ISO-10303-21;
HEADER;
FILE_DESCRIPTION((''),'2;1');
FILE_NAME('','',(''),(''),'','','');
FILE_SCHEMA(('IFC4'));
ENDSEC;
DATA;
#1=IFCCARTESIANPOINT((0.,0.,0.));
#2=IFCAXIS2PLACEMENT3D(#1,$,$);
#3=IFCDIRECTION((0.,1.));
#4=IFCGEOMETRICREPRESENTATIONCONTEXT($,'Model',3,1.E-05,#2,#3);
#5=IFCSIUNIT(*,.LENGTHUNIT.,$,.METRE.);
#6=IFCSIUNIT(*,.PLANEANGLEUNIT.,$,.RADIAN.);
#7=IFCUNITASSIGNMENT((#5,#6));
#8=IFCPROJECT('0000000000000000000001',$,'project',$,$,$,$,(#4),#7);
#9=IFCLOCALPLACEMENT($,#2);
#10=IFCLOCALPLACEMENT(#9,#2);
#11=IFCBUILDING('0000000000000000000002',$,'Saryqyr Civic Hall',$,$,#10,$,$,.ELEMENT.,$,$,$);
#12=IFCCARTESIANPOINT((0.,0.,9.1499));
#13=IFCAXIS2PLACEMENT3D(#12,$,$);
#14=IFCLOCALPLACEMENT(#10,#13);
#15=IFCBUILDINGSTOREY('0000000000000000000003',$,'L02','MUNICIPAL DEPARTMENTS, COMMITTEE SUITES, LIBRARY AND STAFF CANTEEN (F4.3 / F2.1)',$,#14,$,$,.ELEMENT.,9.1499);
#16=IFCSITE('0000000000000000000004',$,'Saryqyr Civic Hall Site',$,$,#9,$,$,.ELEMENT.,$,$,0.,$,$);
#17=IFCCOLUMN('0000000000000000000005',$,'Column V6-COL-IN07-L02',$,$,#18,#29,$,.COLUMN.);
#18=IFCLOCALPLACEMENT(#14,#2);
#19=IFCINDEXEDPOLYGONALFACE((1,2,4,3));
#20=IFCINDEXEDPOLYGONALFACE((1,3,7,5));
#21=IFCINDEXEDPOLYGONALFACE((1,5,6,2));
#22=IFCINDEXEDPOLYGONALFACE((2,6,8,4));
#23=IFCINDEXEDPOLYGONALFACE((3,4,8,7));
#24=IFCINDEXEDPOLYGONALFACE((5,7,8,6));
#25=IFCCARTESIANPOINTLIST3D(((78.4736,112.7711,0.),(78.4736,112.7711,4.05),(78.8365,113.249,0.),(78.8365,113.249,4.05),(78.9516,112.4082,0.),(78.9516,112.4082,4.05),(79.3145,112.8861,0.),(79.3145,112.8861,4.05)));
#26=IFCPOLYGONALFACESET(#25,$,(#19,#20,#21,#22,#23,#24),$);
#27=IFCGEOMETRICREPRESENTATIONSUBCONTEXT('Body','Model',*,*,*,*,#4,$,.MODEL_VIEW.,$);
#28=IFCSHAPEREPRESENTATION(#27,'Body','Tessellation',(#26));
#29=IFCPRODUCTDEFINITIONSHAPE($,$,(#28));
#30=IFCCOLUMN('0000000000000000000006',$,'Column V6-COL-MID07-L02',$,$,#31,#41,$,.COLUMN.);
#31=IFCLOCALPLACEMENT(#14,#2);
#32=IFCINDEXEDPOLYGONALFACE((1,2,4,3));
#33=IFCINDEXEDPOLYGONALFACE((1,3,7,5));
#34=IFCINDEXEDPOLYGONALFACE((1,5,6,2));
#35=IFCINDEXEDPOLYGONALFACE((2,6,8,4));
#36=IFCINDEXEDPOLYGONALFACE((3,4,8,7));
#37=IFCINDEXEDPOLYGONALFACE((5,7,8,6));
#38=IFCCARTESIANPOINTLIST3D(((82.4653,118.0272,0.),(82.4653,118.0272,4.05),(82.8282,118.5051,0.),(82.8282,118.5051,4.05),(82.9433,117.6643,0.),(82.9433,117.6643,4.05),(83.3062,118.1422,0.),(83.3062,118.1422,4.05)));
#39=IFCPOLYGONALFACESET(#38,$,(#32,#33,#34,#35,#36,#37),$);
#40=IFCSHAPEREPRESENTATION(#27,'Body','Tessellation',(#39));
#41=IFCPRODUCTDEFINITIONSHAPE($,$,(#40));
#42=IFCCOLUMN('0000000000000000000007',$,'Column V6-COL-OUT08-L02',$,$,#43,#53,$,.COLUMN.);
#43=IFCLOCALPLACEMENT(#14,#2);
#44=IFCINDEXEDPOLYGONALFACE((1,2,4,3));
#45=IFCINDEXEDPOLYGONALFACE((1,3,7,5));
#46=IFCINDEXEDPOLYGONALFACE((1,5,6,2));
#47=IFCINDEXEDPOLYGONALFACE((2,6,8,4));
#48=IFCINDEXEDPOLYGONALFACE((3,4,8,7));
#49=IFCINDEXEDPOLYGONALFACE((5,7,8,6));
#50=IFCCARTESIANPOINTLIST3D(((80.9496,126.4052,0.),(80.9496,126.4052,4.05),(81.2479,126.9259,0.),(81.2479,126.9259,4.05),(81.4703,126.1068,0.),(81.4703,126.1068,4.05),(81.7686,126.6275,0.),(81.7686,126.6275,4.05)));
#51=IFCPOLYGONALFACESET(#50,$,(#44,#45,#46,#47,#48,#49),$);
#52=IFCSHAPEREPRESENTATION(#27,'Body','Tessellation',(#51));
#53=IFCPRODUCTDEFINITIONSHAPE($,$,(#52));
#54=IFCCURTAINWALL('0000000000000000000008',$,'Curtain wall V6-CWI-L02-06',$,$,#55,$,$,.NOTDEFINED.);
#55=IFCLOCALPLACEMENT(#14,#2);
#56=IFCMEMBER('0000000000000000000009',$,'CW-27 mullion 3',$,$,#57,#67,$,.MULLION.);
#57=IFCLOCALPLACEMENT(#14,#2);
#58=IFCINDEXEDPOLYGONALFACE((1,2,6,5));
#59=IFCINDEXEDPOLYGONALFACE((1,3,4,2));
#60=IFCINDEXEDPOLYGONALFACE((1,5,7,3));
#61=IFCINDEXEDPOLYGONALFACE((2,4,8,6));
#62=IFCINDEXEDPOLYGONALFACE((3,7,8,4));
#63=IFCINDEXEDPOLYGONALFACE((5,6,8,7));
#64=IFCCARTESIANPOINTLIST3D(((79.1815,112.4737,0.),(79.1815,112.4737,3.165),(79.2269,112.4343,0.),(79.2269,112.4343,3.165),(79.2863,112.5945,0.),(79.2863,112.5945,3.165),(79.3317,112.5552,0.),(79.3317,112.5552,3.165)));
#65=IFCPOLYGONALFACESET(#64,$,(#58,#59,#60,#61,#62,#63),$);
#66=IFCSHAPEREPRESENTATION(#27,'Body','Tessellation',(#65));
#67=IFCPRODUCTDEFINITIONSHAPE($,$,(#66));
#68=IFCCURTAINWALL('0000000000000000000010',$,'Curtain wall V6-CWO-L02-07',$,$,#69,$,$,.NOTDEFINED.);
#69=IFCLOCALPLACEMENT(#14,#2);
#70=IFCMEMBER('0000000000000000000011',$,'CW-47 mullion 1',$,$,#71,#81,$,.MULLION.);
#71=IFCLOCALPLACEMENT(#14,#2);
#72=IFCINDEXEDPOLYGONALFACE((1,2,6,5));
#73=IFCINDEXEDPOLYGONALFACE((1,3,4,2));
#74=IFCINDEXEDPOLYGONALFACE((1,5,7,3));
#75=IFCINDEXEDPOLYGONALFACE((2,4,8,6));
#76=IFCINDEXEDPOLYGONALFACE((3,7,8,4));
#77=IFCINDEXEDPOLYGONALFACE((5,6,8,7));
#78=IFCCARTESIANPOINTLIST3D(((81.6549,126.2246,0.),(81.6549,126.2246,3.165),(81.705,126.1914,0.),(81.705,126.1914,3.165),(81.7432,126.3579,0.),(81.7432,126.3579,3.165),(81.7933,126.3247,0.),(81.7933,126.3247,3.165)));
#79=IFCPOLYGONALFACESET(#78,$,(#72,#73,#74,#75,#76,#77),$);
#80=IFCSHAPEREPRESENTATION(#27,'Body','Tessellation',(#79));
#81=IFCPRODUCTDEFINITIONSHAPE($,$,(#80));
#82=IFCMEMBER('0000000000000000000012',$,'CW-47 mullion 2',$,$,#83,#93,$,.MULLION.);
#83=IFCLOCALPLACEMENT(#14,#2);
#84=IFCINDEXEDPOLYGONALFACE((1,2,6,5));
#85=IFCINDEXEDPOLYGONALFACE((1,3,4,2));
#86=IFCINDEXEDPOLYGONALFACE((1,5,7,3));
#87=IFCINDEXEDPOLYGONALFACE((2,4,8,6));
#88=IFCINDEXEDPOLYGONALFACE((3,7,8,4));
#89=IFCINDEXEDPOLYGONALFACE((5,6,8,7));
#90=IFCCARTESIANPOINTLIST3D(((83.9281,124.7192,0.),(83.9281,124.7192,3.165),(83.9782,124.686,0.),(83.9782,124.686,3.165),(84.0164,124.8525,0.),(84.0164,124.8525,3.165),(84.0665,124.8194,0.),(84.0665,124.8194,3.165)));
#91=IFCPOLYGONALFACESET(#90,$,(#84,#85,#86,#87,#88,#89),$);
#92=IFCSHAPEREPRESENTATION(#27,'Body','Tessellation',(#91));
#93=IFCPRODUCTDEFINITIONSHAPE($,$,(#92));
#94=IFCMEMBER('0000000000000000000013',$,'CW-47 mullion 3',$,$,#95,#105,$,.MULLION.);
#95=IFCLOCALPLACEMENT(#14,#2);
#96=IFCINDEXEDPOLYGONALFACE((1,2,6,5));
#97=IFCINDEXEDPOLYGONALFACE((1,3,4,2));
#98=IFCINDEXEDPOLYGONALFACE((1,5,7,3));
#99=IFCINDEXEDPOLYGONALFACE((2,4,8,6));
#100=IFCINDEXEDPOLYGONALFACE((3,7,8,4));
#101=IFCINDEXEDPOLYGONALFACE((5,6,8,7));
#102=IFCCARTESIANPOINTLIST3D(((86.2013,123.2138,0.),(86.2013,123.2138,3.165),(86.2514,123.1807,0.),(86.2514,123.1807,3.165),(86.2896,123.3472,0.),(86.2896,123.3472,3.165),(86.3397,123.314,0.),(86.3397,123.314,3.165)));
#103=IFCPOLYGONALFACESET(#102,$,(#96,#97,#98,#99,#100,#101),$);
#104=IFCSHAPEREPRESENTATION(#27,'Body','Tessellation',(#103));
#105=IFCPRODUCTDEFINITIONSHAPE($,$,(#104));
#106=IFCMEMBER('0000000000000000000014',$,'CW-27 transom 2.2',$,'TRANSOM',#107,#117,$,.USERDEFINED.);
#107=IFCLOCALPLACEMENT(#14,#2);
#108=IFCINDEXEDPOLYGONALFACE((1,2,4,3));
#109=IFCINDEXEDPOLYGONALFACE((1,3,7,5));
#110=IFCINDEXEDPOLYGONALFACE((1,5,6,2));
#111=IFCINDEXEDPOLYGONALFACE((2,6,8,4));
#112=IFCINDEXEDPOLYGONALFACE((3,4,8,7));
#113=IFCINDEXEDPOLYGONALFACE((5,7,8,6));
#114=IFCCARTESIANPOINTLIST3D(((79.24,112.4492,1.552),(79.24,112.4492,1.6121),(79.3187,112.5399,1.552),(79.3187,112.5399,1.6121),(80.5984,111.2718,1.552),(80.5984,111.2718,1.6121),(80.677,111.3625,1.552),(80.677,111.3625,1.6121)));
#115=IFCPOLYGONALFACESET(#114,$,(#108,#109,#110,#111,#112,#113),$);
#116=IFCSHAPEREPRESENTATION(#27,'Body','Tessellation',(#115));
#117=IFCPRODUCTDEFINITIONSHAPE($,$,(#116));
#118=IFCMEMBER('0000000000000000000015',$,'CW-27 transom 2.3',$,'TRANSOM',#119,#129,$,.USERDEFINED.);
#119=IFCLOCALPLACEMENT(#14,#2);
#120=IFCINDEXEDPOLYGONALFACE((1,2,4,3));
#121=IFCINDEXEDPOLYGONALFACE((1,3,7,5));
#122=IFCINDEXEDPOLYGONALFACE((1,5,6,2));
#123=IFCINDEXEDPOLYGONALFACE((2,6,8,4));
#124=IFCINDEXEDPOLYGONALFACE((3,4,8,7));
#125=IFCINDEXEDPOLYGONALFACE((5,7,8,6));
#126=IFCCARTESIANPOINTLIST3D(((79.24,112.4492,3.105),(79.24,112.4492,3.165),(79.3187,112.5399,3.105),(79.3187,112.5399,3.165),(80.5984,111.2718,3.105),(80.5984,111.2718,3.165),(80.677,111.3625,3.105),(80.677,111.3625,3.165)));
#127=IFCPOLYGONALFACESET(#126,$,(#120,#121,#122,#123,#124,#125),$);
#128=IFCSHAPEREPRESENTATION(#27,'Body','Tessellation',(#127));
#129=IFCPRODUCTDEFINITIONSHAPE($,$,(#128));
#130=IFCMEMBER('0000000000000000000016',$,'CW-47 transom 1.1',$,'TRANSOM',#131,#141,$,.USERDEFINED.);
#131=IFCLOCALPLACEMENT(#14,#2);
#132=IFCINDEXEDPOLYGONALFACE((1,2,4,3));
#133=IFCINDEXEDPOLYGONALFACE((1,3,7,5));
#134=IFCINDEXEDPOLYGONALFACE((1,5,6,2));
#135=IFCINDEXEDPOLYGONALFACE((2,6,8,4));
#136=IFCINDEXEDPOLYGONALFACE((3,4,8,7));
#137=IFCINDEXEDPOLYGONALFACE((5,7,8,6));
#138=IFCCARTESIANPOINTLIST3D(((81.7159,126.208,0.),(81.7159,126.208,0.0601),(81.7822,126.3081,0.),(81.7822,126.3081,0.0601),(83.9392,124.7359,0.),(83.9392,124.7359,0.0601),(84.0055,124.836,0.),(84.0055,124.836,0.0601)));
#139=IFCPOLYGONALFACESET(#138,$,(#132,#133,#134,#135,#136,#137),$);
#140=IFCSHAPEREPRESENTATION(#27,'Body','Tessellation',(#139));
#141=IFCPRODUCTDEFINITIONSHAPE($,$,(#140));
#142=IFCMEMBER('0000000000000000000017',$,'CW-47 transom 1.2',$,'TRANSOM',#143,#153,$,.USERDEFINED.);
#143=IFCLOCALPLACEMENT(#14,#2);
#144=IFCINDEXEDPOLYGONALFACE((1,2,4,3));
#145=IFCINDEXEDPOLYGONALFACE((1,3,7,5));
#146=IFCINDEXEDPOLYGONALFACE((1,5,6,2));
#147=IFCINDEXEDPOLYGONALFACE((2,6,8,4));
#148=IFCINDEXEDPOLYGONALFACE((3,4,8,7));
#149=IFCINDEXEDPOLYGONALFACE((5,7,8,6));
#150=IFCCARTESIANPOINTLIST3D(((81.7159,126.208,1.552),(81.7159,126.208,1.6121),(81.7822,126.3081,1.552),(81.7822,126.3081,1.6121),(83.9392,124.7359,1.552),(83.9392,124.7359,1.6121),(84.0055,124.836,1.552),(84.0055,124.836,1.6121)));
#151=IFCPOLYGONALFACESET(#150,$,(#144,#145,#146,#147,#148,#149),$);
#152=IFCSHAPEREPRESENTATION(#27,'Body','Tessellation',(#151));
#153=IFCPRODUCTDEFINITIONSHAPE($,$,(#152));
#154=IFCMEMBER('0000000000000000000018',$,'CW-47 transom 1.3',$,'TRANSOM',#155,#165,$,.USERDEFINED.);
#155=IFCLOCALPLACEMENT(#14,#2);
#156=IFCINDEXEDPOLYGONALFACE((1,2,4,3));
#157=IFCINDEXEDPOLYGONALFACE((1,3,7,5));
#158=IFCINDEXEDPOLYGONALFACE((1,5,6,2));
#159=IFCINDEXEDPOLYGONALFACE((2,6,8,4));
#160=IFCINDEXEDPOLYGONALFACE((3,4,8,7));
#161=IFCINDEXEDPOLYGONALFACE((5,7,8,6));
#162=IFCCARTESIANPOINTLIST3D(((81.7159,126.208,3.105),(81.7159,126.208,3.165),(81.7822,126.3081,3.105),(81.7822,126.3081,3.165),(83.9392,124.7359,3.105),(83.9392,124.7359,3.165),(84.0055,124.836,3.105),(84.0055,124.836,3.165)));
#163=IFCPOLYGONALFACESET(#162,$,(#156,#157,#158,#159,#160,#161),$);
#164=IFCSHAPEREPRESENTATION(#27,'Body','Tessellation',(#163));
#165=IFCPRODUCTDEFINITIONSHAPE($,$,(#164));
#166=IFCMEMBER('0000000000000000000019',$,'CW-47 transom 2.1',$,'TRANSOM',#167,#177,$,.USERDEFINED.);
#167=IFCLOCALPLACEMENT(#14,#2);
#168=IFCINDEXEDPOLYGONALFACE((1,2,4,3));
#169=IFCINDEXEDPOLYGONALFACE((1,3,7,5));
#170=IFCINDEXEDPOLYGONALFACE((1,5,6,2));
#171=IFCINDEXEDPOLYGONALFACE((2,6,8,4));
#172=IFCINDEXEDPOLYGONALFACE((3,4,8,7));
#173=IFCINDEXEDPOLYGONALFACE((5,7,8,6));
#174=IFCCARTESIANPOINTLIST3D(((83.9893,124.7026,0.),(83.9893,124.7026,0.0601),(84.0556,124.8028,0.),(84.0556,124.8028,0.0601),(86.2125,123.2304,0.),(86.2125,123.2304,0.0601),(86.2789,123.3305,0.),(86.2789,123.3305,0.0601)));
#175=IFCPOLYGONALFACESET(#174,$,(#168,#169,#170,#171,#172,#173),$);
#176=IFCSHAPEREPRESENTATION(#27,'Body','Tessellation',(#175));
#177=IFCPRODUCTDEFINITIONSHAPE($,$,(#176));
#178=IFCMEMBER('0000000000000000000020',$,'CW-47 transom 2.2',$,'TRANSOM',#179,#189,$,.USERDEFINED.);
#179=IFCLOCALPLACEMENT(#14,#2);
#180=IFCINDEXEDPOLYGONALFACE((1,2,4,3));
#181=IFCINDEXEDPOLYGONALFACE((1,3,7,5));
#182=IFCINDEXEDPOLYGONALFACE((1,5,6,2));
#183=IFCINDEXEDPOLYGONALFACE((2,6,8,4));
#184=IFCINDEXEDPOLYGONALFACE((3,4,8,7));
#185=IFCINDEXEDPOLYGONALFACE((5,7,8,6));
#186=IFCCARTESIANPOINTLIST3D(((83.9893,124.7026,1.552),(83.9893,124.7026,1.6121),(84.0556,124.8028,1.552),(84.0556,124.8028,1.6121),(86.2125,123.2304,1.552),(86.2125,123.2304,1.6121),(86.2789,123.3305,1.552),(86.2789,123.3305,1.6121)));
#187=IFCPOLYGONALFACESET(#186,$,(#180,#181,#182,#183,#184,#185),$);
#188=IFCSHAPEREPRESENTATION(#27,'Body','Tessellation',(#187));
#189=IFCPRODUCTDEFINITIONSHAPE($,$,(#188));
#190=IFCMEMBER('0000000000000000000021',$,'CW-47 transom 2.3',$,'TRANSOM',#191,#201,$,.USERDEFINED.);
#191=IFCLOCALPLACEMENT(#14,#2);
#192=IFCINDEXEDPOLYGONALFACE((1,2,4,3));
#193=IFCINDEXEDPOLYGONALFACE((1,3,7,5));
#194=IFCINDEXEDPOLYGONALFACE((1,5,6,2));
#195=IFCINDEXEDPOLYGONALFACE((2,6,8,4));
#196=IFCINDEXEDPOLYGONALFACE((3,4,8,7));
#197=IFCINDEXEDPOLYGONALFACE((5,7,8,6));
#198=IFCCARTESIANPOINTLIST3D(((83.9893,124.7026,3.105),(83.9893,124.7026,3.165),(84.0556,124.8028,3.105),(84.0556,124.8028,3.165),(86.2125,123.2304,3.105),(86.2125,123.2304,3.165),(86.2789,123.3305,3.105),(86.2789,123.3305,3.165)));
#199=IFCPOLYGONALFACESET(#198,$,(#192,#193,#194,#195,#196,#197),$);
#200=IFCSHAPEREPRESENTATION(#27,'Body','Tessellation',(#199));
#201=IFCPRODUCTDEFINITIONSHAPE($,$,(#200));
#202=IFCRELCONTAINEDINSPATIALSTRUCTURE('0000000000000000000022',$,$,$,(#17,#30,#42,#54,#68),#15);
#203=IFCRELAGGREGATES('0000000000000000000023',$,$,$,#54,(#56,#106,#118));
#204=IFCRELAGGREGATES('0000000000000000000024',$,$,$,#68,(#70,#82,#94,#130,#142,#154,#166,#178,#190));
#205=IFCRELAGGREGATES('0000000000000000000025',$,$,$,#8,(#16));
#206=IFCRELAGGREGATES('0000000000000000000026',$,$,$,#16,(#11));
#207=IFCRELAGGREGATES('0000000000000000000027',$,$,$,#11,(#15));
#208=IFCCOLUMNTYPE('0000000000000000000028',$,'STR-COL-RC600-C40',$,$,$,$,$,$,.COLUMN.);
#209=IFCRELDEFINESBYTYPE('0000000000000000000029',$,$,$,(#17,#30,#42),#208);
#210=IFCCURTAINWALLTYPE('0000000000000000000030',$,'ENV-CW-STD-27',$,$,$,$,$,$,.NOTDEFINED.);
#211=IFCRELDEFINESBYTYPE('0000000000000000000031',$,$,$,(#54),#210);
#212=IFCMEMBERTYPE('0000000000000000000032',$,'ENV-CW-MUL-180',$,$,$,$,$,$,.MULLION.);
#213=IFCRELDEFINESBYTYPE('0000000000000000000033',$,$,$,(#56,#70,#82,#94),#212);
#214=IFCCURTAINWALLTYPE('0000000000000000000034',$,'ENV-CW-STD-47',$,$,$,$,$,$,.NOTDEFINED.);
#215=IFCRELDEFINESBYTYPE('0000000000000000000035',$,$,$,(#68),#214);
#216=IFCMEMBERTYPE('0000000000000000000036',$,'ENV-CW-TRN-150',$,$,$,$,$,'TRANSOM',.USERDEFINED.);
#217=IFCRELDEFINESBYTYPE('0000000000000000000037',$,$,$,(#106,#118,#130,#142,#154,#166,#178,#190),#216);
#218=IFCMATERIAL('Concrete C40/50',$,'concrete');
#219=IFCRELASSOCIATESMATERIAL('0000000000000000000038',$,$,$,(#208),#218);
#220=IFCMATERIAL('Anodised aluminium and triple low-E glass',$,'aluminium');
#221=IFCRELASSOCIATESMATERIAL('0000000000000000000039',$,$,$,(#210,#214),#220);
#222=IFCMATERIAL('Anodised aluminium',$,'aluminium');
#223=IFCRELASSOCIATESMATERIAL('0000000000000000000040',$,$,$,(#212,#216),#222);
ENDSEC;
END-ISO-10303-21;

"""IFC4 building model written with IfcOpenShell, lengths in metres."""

from ifc_helpers import new_model, si_unit, direction, frame, origin, origin_2d, place, context, subcontext, project, spatial, rectangle, extrude, material, material_profile, profile_set, type_object, element, aggregate, save


model = new_model("IFC4")

# Units and contexts
model_context = context("Model", 3, precision=1e-05, world=origin(), true_north=direction((0.0, 1.0)))
body_context = subcontext(model_context, "Body", "Model", "MODEL_VIEW")
ifc_project = project(units=[si_unit("LENGTHUNIT", "METRE"), si_unit("PLANEANGLEUNIT", "RADIAN")], contexts=[model_context])

# Site, building, storey
site_placement = place(None, origin())
site = spatial("IfcSite", under=ifc_project, at=site_placement, Name="Saryqyr Civic Hall Site", CompositionType="ELEMENT", RefElevation=0.0)
building_placement = place(site_placement, origin())
building = spatial("IfcBuilding", under=site, at=building_placement, Name="Saryqyr Civic Hall", CompositionType="ELEMENT")
storey_placement = place(building_placement, frame((0.0, 0.0, 9.1499)))
storey = spatial("IfcBuildingStorey", under=building, at=storey_placement, Name="L02", Description="MUNICIPAL DEPARTMENTS, COMMITTEE SUITES, LIBRARY AND STAFF CANTEEN (F4.3 / F2.1)", CompositionType="ELEMENT", Elevation=9.1499)

# Columns
ifc_material_1 = material(Name="Concrete C40/50", Category="concrete")
ifc_material_profile_1 = material_profile(ifc_material_1, rectangle(XDim=0.6001, YDim=0.6001, at=origin_2d()), Name="RC 600x600")
ifc_profile_set_1 = profile_set([ifc_material_profile_1], Name="Concrete C40/50")
column_type = type_object("IfcColumnType", Name="STR-COL-RC600-C40", PredefinedType="COLUMN", material=ifc_profile_set_1)
for number, where, z_axis, x_axis, name in (
    (1, (78.894, 112.8286, 0.0), (0.0, 0.0, 1.0), (0.604738, 0.796424, 0.0), "Column V6-COL-IN07-L02"),
    (2, (82.8857, 118.0847, 0.0), (0.0, 0.0, 1.0), (0.604738, 0.796424, 0.0), "Column V6-COL-MID07-L02"),
    (3, (81.3591, 126.5164, 0.0), (0.0, 0.0, 1.0), (0.497125, 0.867679, 0.0), "Column V6-COL-OUT08-L02"),
):
    element("IfcColumn", number, at=place(storey_placement, frame(where, z_axis=z_axis, x_axis=x_axis)), inside=storey, type_object=column_type, Name=name, PredefinedType="COLUMN", context=body_context, shape_type="SweptSolid", body=[
        extrude(rectangle(XDim=0.6001, YDim=0.6001, at=origin_2d()), origin(), (0.0, 0.0, 1.0), 4.05),
    ])

# Curtain wall, member
ifc_material_2 = material(Name="Anodised aluminium and triple low-E glass", Category="aluminium")
curtain_wall_type_1 = type_object("IfcCurtainWallType", Name="ENV-CW-STD-27", PredefinedType="NOTDEFINED", material=ifc_material_2)
curtain_wall_1_placement = place(storey_placement, origin())
curtain_wall_1 = element("IfcCurtainWall", 4, at=curtain_wall_1_placement, inside=storey, type_object=curtain_wall_type_1, Name="Curtain wall V6-CWI-L02-06", PredefinedType="NOTDEFINED")
ifc_material_3 = material(Name="Anodised aluminium", Category="aluminium")
ifc_material_profile_2 = material_profile(ifc_material_3, rectangle(XDim=0.0601, YDim=0.1599, at=origin_2d()), Name="ALU MULLION 60x160")
ifc_profile_set_2 = profile_set([ifc_material_profile_2], Name="Anodised aluminium")
member_type_1 = type_object("IfcMemberType", Name="ENV-CW-MUL-180", PredefinedType="MULLION", material=ifc_profile_set_2)
member_1_placement = place(storey_placement, frame((79.2566, 112.5144, 0.0), z_axis=(0.0, 0.0, 1.0), x_axis=(-0.755652, 0.654974, 0.0)))
member_1 = element("IfcMember", 5, at=member_1_placement, type_object=member_type_1, Name="CW-27 mullion 3", PredefinedType="MULLION", context=body_context, shape_type="SweptSolid", body=[
    extrude(rectangle(XDim=0.0601, YDim=0.1599, at=origin_2d()), origin(), (0.0, 0.0, 1.0), 3.165),
])

# Curtain wall, members
curtain_wall_type_2 = type_object("IfcCurtainWallType", Name="ENV-CW-STD-47", PredefinedType="NOTDEFINED", material=ifc_material_2)
curtain_wall_2_placement = place(storey_placement, origin())
curtain_wall_2 = element("IfcCurtainWall", 6, at=curtain_wall_2_placement, inside=storey, type_object=curtain_wall_type_2, Name="Curtain wall V6-CWO-L02-07", PredefinedType="NOTDEFINED")
member_2_placement = place(storey_placement, frame((81.7241, 126.2747, 0.0), z_axis=(0.0, 0.0, 1.0), x_axis=(0.833757, -0.552132, 0.0)))
member_2 = element("IfcMember", 7, at=member_2_placement, type_object=member_type_1, Name="CW-47 mullion 1", PredefinedType="MULLION", context=body_context, shape_type="SweptSolid", body=[
    extrude(rectangle(XDim=0.0601, YDim=0.1599, at=origin_2d()), origin(), (0.0, 0.0, 1.0), 3.165),
])
member_3_placement = place(storey_placement, frame((83.9973, 124.7693, 0.0), z_axis=(0.0, 0.0, 1.0), x_axis=(0.833757, -0.552132, 0.0)))
member_3 = element("IfcMember", 8, at=member_3_placement, type_object=member_type_1, Name="CW-47 mullion 2", PredefinedType="MULLION", context=body_context, shape_type="SweptSolid", body=[
    extrude(rectangle(XDim=0.0601, YDim=0.1599, at=origin_2d()), origin(), (0.0, 0.0, 1.0), 3.165),
])
member_4_placement = place(storey_placement, frame((86.2705, 123.2639, 0.0), z_axis=(0.0, 0.0, 1.0), x_axis=(0.833757, -0.552132, 0.0)))
member_4 = element("IfcMember", 9, at=member_4_placement, type_object=member_type_1, Name="CW-47 mullion 3", PredefinedType="MULLION", context=body_context, shape_type="SweptSolid", body=[
    extrude(rectangle(XDim=0.0601, YDim=0.1599, at=origin_2d()), origin(), (0.0, 0.0, 1.0), 3.165),
])

# Members
ifc_material_profile_3 = material_profile(ifc_material_3, rectangle(XDim=0.1201, YDim=0.0601, at=origin_2d()), Name="ALU TRANSOM 120x60")
ifc_profile_set_3 = profile_set([ifc_material_profile_3], Name="Anodised aluminium")
member_type_2 = type_object("IfcMemberType", Name="ENV-CW-TRN-150", ElementType="TRANSOM", PredefinedType="USERDEFINED", material=ifc_profile_set_3)
member_5_placement = place(storey_placement, frame((80.6377, 111.3171, 1.582), z_axis=(-0.755631, 0.654998, 0.0), x_axis=(-0.654998, -0.755631, 0.0)))
member_5 = element("IfcMember", 10, at=member_5_placement, type_object=member_type_2, Name="CW-27 transom 2.2", ObjectType="TRANSOM", PredefinedType="USERDEFINED", context=body_context, shape_type="SweptSolid", body=[
    extrude(rectangle(XDim=0.1201, YDim=0.0601, at=origin_2d()), origin(), (0.0, 0.0, 1.0), 1.7976),
])
member_6_placement = place(storey_placement, frame((80.6377, 111.3171, 3.135), z_axis=(-0.755631, 0.654998, 0.0), x_axis=(-0.654998, -0.755631, 0.0)))
member_6 = element("IfcMember", 11, at=member_6_placement, type_object=member_type_2, Name="CW-27 transom 2.3", ObjectType="TRANSOM", PredefinedType="USERDEFINED", context=body_context, shape_type="SweptSolid", body=[
    extrude(rectangle(XDim=0.1201, YDim=0.0601, at=origin_2d()), origin(), (0.0, 0.0, 1.0), 1.7976),
])
member_7_placement = place(storey_placement, frame((81.749, 126.2581, 0.03), z_axis=(0.833793, -0.552078, 0.0), x_axis=(0.552078, 0.833793, 0.0)))
member_7 = element("IfcMember", 12, at=member_7_placement, type_object=member_type_2, Name="CW-47 transom 1.1", ObjectType="TRANSOM", PredefinedType="USERDEFINED", context=body_context, shape_type="SweptSolid", body=[
    extrude(rectangle(XDim=0.1201, YDim=0.0601, at=origin_2d()), origin(), (0.0, 0.0, 1.0), 2.6665),
])
member_8_placement = place(storey_placement, frame((81.749, 126.2581, 1.582), z_axis=(0.833793, -0.552078, 0.0), x_axis=(0.552078, 0.833793, 0.0)))
member_8 = element("IfcMember", 13, at=member_8_placement, type_object=member_type_2, Name="CW-47 transom 1.2", ObjectType="TRANSOM", PredefinedType="USERDEFINED", context=body_context, shape_type="SweptSolid", body=[
    extrude(rectangle(XDim=0.1201, YDim=0.0601, at=origin_2d()), origin(), (0.0, 0.0, 1.0), 2.6665),
])
member_9_placement = place(storey_placement, frame((81.749, 126.2581, 3.135), z_axis=(0.833793, -0.552078, 0.0), x_axis=(0.552078, 0.833793, 0.0)))
member_9 = element("IfcMember", 14, at=member_9_placement, type_object=member_type_2, Name="CW-47 transom 1.3", ObjectType="TRANSOM", PredefinedType="USERDEFINED", context=body_context, shape_type="SweptSolid", body=[
    extrude(rectangle(XDim=0.1201, YDim=0.0601, at=origin_2d()), origin(), (0.0, 0.0, 1.0), 2.6665),
])
member_10_placement = place(storey_placement, frame((84.0225, 124.7527, 0.03), z_axis=(0.833765, -0.55212, 0.0), x_axis=(0.55212, 0.833765, 0.0)))
member_10 = element("IfcMember", 15, at=member_10_placement, type_object=member_type_2, Name="CW-47 transom 2.1", ObjectType="TRANSOM", PredefinedType="USERDEFINED", context=body_context, shape_type="SweptSolid", body=[
    extrude(rectangle(XDim=0.1201, YDim=0.0601, at=origin_2d()), origin(), (0.0, 0.0, 1.0), 2.6665),
])
member_11_placement = place(storey_placement, frame((84.0225, 124.7527, 1.582), z_axis=(0.833765, -0.55212, 0.0), x_axis=(0.55212, 0.833765, 0.0)))
member_11 = element("IfcMember", 16, at=member_11_placement, type_object=member_type_2, Name="CW-47 transom 2.2", ObjectType="TRANSOM", PredefinedType="USERDEFINED", context=body_context, shape_type="SweptSolid", body=[
    extrude(rectangle(XDim=0.1201, YDim=0.0601, at=origin_2d()), origin(), (0.0, 0.0, 1.0), 2.6665),
])
member_12_placement = place(storey_placement, frame((84.0225, 124.7527, 3.135), z_axis=(0.833765, -0.55212, 0.0), x_axis=(0.55212, 0.833765, 0.0)))
member_12 = element("IfcMember", 17, at=member_12_placement, type_object=member_type_2, Name="CW-47 transom 2.3", ObjectType="TRANSOM", PredefinedType="USERDEFINED", context=body_context, shape_type="SweptSolid", body=[
    extrude(rectangle(XDim=0.1201, YDim=0.0601, at=origin_2d()), origin(), (0.0, 0.0, 1.0), 2.6665),
])

aggregate(curtain_wall_1, [member_1, member_5, member_6])
aggregate(curtain_wall_2, [member_2, member_3, member_4, member_7, member_8, member_9, member_10, member_11, member_12])

save(model, "model.ifc")
